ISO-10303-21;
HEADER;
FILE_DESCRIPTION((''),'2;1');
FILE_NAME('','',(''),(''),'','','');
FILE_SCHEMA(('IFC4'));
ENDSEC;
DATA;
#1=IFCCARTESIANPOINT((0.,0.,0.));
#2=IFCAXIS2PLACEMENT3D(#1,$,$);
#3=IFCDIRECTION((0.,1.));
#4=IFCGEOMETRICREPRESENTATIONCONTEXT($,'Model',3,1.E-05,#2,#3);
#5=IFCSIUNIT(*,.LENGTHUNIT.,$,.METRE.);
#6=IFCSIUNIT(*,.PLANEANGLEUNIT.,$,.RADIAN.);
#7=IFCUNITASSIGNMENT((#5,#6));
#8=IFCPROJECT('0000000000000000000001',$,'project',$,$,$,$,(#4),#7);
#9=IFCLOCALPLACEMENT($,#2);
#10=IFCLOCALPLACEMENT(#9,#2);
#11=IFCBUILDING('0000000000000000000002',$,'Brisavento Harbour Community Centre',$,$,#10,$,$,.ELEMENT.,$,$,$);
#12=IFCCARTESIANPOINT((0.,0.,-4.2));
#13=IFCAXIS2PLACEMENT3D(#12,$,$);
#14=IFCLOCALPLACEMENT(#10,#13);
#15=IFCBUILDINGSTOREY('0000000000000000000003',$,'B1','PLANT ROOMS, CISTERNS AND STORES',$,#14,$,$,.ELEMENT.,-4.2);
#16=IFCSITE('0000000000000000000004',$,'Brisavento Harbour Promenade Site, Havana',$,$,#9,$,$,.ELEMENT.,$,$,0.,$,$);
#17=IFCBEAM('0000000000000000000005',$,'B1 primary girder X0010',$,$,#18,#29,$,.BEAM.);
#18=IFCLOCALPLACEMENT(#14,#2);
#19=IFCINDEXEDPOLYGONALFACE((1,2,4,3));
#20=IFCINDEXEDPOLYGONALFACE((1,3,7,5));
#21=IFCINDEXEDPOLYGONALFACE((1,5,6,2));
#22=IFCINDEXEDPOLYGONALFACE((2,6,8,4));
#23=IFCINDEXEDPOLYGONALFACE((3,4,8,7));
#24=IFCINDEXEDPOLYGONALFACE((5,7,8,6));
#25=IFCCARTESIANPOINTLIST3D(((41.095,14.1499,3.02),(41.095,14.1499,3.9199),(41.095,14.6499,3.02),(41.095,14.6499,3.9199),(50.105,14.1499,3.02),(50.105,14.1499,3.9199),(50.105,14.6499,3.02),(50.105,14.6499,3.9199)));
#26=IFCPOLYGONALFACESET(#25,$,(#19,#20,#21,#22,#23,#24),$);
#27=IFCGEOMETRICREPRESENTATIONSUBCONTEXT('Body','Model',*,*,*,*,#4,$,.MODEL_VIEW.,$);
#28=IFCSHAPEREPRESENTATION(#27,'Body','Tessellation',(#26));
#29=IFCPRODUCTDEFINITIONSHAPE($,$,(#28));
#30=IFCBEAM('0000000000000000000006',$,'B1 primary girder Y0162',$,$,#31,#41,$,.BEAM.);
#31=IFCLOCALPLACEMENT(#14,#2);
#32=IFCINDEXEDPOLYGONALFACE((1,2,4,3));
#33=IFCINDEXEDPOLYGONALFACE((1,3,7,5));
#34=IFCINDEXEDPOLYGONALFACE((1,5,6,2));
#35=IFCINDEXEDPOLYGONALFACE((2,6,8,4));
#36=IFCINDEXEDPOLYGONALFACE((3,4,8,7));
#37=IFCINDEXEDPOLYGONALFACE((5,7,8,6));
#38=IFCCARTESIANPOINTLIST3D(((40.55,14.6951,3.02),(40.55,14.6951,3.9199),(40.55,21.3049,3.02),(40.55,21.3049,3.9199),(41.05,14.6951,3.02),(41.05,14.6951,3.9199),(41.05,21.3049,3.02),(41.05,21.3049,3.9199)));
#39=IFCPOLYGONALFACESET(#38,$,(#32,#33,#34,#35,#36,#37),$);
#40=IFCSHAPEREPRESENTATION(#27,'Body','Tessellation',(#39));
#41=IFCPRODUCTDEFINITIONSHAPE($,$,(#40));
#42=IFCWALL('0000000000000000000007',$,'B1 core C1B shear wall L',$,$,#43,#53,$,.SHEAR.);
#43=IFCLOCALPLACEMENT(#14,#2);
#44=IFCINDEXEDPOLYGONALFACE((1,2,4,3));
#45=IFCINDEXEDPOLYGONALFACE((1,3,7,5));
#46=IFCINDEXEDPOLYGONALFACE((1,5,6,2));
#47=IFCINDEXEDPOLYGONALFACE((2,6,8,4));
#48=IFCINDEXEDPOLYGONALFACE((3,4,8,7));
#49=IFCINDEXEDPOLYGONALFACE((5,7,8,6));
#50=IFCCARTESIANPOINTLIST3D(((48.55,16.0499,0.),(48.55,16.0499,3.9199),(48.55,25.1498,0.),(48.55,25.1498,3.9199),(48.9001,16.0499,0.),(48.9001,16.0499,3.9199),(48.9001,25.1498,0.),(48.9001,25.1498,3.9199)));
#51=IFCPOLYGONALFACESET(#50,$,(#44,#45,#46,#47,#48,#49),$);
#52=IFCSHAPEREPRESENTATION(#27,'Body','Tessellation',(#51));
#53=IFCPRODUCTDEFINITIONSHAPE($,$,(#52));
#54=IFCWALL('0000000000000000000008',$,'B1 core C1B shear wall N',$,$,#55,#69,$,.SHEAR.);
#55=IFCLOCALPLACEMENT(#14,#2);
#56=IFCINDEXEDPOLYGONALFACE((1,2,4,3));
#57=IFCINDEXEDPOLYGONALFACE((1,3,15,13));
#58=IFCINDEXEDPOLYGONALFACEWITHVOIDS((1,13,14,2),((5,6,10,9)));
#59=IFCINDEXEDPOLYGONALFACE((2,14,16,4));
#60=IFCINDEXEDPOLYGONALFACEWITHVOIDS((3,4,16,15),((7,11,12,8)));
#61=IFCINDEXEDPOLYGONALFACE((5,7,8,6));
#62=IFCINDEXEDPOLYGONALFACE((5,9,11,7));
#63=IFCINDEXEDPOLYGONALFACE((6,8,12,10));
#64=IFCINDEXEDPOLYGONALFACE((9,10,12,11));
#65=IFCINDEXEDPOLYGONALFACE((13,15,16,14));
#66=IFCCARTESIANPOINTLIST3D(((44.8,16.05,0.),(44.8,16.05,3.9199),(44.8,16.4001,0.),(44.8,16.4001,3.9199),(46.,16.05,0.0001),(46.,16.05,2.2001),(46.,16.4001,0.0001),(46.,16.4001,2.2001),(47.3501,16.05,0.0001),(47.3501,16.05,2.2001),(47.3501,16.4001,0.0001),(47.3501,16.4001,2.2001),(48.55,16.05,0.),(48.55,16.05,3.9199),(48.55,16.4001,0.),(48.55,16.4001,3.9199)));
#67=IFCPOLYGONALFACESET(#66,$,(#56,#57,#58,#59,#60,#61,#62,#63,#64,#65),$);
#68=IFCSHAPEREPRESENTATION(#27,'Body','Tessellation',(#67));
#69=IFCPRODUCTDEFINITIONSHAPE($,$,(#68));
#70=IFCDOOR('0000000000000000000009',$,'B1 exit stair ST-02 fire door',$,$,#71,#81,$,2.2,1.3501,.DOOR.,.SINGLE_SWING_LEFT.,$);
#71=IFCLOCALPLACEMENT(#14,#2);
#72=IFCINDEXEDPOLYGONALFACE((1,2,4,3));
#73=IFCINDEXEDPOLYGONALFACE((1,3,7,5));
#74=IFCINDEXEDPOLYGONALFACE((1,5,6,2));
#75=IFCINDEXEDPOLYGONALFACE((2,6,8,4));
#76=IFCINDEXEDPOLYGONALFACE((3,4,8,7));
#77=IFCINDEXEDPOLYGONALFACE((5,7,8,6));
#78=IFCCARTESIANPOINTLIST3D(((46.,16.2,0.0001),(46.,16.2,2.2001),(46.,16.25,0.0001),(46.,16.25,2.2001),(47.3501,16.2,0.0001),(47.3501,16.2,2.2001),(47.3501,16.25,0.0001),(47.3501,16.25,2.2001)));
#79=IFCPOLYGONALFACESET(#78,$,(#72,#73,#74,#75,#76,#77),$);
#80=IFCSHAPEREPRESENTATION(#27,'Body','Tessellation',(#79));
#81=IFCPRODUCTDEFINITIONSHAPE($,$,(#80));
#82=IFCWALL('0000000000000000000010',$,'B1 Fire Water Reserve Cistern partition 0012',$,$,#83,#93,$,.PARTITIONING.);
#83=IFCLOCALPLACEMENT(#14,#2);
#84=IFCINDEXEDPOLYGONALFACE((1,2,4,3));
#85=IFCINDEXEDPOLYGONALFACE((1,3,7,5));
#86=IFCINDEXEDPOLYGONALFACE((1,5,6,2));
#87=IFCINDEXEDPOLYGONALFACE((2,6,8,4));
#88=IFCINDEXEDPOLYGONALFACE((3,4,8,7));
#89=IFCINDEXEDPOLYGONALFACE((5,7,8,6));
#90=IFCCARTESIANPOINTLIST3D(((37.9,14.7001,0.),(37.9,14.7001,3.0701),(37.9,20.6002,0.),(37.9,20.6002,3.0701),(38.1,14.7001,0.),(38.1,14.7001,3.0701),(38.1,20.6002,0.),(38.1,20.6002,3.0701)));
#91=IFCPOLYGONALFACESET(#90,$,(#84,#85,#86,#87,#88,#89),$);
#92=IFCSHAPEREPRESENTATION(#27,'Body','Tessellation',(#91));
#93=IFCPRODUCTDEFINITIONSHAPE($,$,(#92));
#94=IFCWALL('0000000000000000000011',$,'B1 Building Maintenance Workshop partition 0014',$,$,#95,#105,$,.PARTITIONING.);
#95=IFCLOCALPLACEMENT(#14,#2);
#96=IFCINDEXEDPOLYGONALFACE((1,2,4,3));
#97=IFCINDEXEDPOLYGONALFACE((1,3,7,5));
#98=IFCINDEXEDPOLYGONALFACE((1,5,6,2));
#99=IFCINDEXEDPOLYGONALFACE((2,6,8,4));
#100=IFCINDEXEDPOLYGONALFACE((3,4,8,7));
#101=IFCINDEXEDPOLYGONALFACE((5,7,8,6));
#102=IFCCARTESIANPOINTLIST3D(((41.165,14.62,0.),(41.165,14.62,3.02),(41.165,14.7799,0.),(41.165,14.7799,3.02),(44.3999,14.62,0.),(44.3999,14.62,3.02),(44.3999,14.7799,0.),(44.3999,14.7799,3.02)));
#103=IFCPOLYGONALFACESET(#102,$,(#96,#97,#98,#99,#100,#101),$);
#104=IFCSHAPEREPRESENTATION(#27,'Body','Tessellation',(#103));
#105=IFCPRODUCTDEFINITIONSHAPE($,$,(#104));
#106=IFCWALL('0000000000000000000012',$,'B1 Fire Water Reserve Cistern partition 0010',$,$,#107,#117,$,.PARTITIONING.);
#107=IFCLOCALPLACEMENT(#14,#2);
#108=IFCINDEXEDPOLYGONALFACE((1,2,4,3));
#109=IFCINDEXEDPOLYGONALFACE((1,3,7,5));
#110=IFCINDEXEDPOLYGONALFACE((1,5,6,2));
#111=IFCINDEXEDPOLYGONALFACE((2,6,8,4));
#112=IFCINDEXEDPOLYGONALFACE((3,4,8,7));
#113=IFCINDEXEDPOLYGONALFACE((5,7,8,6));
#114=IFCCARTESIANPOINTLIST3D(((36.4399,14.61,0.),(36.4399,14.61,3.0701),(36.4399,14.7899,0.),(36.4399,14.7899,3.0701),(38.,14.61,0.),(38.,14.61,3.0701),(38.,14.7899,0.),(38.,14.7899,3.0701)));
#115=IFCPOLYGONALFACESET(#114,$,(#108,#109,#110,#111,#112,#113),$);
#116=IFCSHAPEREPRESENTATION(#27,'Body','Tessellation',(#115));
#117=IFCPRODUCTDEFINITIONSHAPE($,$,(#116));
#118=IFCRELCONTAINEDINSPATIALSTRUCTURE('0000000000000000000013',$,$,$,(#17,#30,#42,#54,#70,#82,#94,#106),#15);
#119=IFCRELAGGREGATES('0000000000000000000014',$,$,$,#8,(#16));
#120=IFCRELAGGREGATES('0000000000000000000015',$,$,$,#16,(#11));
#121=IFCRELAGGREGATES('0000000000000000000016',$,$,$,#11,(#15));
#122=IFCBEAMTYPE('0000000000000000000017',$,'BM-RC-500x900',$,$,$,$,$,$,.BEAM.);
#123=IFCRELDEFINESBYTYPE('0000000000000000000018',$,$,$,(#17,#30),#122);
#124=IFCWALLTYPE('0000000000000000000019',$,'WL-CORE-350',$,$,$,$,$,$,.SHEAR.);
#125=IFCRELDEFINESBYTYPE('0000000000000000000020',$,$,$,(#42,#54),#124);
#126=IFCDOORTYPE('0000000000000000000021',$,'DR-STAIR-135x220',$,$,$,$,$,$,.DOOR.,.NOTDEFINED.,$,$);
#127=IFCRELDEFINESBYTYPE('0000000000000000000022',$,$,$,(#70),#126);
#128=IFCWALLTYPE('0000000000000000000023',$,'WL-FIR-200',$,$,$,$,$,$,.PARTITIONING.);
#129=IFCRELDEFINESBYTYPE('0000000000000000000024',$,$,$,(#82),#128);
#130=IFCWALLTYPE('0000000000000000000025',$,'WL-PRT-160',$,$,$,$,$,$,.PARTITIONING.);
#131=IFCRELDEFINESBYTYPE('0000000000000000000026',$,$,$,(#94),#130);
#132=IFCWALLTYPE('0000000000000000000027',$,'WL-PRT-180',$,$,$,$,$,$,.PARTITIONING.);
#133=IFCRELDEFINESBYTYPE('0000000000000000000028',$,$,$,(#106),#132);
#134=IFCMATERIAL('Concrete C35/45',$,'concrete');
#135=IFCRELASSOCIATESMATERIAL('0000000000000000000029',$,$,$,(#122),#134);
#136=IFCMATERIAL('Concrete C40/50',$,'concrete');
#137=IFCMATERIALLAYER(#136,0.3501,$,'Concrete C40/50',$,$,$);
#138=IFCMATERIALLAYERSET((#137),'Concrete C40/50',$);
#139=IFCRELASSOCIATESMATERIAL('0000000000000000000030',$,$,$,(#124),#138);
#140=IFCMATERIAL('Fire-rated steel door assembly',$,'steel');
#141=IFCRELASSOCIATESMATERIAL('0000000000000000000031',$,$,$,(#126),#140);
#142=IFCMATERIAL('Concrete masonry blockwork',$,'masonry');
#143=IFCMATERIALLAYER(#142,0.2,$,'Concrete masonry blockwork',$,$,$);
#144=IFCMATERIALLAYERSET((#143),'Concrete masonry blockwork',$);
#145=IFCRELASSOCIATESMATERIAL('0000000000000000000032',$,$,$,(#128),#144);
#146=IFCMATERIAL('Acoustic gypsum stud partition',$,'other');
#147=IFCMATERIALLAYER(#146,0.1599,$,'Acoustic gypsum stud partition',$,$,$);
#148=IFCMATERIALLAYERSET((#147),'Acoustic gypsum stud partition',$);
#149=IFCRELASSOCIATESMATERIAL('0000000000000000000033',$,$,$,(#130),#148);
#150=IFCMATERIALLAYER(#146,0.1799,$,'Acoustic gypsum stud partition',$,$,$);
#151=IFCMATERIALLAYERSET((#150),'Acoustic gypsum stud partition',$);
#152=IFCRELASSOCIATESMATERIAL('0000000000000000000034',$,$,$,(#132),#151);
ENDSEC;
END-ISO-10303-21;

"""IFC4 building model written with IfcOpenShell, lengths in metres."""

from ifc_helpers import new_model, si_unit, direction, frame, frame_2d, origin, origin_2d, place, context, subcontext, project, spatial, rectangle, extrude, material, layer, layer_set, material_profile, profile_set, type_object, element, fill, save


model = new_model("IFC4")

# Units and contexts
model_context = context("Model", 3, precision=1e-05, world=origin(), true_north=direction((0.0, 1.0)))
body_context = subcontext(model_context, "Body", "Model", "MODEL_VIEW")
ifc_project = project(units=[si_unit("LENGTHUNIT", "METRE"), si_unit("PLANEANGLEUNIT", "RADIAN")], contexts=[model_context])

# Site, building, storey
site_placement = place(None, origin())
site = spatial("IfcSite", under=ifc_project, at=site_placement, Name="Brisavento Harbour Promenade Site, Havana", CompositionType="ELEMENT", RefElevation=0.0)
building_placement = place(site_placement, origin())
building = spatial("IfcBuilding", under=site, at=building_placement, Name="Brisavento Harbour Community Centre", CompositionType="ELEMENT")
storey_placement = place(building_placement, frame((0.0, 0.0, -4.2)))
storey = spatial("IfcBuildingStorey", under=building, at=storey_placement, Name="B1", Description="PLANT ROOMS, CISTERNS AND STORES", CompositionType="ELEMENT", Elevation=-4.2)

# Shared definitions
ifc_material_1 = material(Name="Concrete C35/45", Category="concrete")

# Shared definitions
ifc_material_2 = material(Name="Concrete C40/50", Category="concrete")

# Beams
ifc_material_profile_1 = material_profile(ifc_material_1, rectangle(XDim=0.5, YDim=0.8999, at=origin_2d()), Name="Concrete C35/45")
ifc_profile_set_1 = profile_set([ifc_material_profile_1], Name="Concrete C35/45")
beam_type_1 = type_object("IfcBeamType", Name="BM-RC-500x900", PredefinedType="BEAM", material=ifc_profile_set_1)
beam_1_placement = place(storey_placement, frame((41.095, 14.3999, 3.47), z_axis=(1.0, 0.0, 0.0), x_axis=(0.0, 1.0, 0.0)))
element("IfcBeam", 1, at=beam_1_placement, inside=storey, type_object=beam_type_1, Name="B1 primary girder X0010", PredefinedType="BEAM", context=body_context, shape_type="SweptSolid", body=[
    extrude(rectangle(XDim=0.5, YDim=0.8999, at=origin_2d()), origin(), (0.0, 0.0, 1.0), 9.01),
])
beam_2_placement = place(storey_placement, frame((40.8, 14.6951, 3.47), z_axis=(0.0, 1.0, 0.0), x_axis=(-1.0, 0.0, 0.0)))
element("IfcBeam", 2, at=beam_2_placement, inside=storey, type_object=beam_type_1, Name="B1 primary girder Y0162", PredefinedType="BEAM", context=body_context, shape_type="SweptSolid", body=[
    extrude(rectangle(XDim=0.5, YDim=0.8999, at=origin_2d()), origin(), (0.0, 0.0, 1.0), 6.6099),
])

# Wall
ifc_layer_1 = layer(ifc_material_2, 0.3501, Name="Concrete C40/50")
ifc_layer_set_1 = layer_set([ifc_layer_1], Name="Concrete C40/50")
wall_type_1 = type_object("IfcWallType", Name="WL-CORE-350", PredefinedType="SHEAR", material=ifc_layer_set_1)
wall_1_placement = place(storey_placement, frame((48.7251, 16.05, 0.0), z_axis=(0.0, 0.0, 1.0), x_axis=(0.0, 1.0, 0.0)))
element("IfcWall", 3, at=wall_1_placement, inside=storey, type_object=wall_type_1, Name="B1 core C1B shear wall L", PredefinedType="SHEAR", context=body_context, shape_type="SweptSolid", body=[
    extrude(rectangle(XDim=9.0999, YDim=0.3501, at=frame_2d((4.5498, 0.0))), origin(), (0.0, 0.0, 1.0), 3.9199),
])

# Wall, opening, door
wall_2_placement = place(storey_placement, frame((44.8, 16.2251, 0.0), z_axis=(0.0, 0.0, 1.0), x_axis=(1.0, 0.0, 0.0)))
wall_2 = element("IfcWall", 4, at=wall_2_placement, inside=storey, type_object=wall_type_1, Name="B1 core C1B shear wall N", PredefinedType="SHEAR", context=body_context, shape_type="SweptSolid", body=[
    extrude(rectangle(XDim=3.75, YDim=0.3501, at=frame_2d((1.875, 0.0))), origin(), (0.0, 0.0, 1.0), 3.9199),
])
opening_1_placement = place(wall_2_placement, frame((1.2, 0.0, 0.0)))
opening_1 = element("IfcOpeningElement", 5, at=opening_1_placement, cuts=wall_2, PredefinedType="OPENING", context=body_context, shape_type="SweptSolid", body=[
    extrude(rectangle(XDim=1.3501, YDim=2.2, at=frame_2d((0.675, 1.1001))), frame((0.0, 0.1851, 0.0), z_axis=(0.0, -1.0, 0.0), x_axis=(1.0, 0.0, 0.0)), (0.0, 0.0, 1.0), 0.3701),
])
ifc_material_3 = material(Name="Fire-rated steel door assembly", Category="steel")
door_type_1 = type_object("IfcDoorType", Name="DR-STAIR-135x220", OperationType="NOTDEFINED", PredefinedType="DOOR", material=ifc_material_3)
door_1_placement = place(opening_1_placement, origin())
door_1 = element("IfcDoor", 6, at=door_1_placement, inside=storey, type_object=door_type_1, Name="B1 exit stair ST-02 fire door", OperationType="SINGLE_SWING_LEFT", OverallHeight=2.2, OverallWidth=1.3501, PredefinedType="DOOR", context=body_context, shape_type="SweptSolid", body=[
    extrude(rectangle(XDim=1.3501, YDim=2.2, at=frame_2d((0.675, 1.1001))), frame((0.0, 0.0249, 0.0), z_axis=(0.0, -1.0, 0.0), x_axis=(1.0, 0.0, 0.0)), (0.0, 0.0, 1.0), 0.05),
])
fill(opening_1, door_1)

# Walls
ifc_material_4 = material(Name="Concrete masonry blockwork", Category="masonry")
ifc_layer_2 = layer(ifc_material_4, 0.2, Name="Concrete masonry blockwork")
ifc_layer_set_2 = layer_set([ifc_layer_2], Name="Concrete masonry blockwork")
wall_type_2 = type_object("IfcWallType", Name="WL-FIR-200", PredefinedType="PARTITIONING", material=ifc_layer_set_2)
wall_3_placement = place(storey_placement, frame((38.0, 14.7, 0.0), z_axis=(0.0, 0.0, 1.0), x_axis=(0.0, 1.0, 0.0)))
element("IfcWall", 7, at=wall_3_placement, inside=storey, type_object=wall_type_2, Name="B1 Fire Water Reserve Cistern partition 0012", PredefinedType="PARTITIONING", context=body_context, shape_type="SweptSolid", body=[
    extrude(rectangle(XDim=5.9001, YDim=0.2, at=frame_2d((2.9502, 0.0))), origin(), (0.0, 0.0, 1.0), 3.0701),
])
ifc_material_5 = material(Name="Acoustic gypsum stud partition", Category="other")
ifc_layer_3 = layer(ifc_material_5, 0.1599, Name="Acoustic gypsum stud partition")
ifc_layer_set_3 = layer_set([ifc_layer_3], Name="Acoustic gypsum stud partition")
wall_type_3 = type_object("IfcWallType", Name="WL-PRT-160", PredefinedType="PARTITIONING", material=ifc_layer_set_3)
wall_4_placement = place(storey_placement, frame((41.165, 14.7, 0.0), z_axis=(0.0, 0.0, 1.0), x_axis=(1.0, 0.0, 0.0)))
element("IfcWall", 8, at=wall_4_placement, inside=storey, type_object=wall_type_3, Name="B1 Building Maintenance Workshop partition 0014", PredefinedType="PARTITIONING", context=body_context, shape_type="SweptSolid", body=[
    extrude(rectangle(XDim=3.2349, YDim=0.1599, at=frame_2d((1.6174, 0.0))), origin(), (0.0, 0.0, 1.0), 3.02),
])
ifc_layer_4 = layer(ifc_material_5, 0.1799, Name="Acoustic gypsum stud partition")
ifc_layer_set_4 = layer_set([ifc_layer_4], Name="Acoustic gypsum stud partition")
wall_type_4 = type_object("IfcWallType", Name="WL-PRT-180", PredefinedType="PARTITIONING", material=ifc_layer_set_4)
wall_5_placement = place(storey_placement, frame((36.4399, 14.7, 0.0), z_axis=(0.0, 0.0, 1.0), x_axis=(1.0, 0.0, 0.0)))
element("IfcWall", 9, at=wall_5_placement, inside=storey, type_object=wall_type_4, Name="B1 Fire Water Reserve Cistern partition 0010", PredefinedType="PARTITIONING", context=body_context, shape_type="SweptSolid", body=[
    extrude(rectangle(XDim=1.5601, YDim=0.1799, at=frame_2d((0.78, 0.0))), origin(), (0.0, 0.0, 1.0), 3.0701),
])

save(model, "model.ifc")
